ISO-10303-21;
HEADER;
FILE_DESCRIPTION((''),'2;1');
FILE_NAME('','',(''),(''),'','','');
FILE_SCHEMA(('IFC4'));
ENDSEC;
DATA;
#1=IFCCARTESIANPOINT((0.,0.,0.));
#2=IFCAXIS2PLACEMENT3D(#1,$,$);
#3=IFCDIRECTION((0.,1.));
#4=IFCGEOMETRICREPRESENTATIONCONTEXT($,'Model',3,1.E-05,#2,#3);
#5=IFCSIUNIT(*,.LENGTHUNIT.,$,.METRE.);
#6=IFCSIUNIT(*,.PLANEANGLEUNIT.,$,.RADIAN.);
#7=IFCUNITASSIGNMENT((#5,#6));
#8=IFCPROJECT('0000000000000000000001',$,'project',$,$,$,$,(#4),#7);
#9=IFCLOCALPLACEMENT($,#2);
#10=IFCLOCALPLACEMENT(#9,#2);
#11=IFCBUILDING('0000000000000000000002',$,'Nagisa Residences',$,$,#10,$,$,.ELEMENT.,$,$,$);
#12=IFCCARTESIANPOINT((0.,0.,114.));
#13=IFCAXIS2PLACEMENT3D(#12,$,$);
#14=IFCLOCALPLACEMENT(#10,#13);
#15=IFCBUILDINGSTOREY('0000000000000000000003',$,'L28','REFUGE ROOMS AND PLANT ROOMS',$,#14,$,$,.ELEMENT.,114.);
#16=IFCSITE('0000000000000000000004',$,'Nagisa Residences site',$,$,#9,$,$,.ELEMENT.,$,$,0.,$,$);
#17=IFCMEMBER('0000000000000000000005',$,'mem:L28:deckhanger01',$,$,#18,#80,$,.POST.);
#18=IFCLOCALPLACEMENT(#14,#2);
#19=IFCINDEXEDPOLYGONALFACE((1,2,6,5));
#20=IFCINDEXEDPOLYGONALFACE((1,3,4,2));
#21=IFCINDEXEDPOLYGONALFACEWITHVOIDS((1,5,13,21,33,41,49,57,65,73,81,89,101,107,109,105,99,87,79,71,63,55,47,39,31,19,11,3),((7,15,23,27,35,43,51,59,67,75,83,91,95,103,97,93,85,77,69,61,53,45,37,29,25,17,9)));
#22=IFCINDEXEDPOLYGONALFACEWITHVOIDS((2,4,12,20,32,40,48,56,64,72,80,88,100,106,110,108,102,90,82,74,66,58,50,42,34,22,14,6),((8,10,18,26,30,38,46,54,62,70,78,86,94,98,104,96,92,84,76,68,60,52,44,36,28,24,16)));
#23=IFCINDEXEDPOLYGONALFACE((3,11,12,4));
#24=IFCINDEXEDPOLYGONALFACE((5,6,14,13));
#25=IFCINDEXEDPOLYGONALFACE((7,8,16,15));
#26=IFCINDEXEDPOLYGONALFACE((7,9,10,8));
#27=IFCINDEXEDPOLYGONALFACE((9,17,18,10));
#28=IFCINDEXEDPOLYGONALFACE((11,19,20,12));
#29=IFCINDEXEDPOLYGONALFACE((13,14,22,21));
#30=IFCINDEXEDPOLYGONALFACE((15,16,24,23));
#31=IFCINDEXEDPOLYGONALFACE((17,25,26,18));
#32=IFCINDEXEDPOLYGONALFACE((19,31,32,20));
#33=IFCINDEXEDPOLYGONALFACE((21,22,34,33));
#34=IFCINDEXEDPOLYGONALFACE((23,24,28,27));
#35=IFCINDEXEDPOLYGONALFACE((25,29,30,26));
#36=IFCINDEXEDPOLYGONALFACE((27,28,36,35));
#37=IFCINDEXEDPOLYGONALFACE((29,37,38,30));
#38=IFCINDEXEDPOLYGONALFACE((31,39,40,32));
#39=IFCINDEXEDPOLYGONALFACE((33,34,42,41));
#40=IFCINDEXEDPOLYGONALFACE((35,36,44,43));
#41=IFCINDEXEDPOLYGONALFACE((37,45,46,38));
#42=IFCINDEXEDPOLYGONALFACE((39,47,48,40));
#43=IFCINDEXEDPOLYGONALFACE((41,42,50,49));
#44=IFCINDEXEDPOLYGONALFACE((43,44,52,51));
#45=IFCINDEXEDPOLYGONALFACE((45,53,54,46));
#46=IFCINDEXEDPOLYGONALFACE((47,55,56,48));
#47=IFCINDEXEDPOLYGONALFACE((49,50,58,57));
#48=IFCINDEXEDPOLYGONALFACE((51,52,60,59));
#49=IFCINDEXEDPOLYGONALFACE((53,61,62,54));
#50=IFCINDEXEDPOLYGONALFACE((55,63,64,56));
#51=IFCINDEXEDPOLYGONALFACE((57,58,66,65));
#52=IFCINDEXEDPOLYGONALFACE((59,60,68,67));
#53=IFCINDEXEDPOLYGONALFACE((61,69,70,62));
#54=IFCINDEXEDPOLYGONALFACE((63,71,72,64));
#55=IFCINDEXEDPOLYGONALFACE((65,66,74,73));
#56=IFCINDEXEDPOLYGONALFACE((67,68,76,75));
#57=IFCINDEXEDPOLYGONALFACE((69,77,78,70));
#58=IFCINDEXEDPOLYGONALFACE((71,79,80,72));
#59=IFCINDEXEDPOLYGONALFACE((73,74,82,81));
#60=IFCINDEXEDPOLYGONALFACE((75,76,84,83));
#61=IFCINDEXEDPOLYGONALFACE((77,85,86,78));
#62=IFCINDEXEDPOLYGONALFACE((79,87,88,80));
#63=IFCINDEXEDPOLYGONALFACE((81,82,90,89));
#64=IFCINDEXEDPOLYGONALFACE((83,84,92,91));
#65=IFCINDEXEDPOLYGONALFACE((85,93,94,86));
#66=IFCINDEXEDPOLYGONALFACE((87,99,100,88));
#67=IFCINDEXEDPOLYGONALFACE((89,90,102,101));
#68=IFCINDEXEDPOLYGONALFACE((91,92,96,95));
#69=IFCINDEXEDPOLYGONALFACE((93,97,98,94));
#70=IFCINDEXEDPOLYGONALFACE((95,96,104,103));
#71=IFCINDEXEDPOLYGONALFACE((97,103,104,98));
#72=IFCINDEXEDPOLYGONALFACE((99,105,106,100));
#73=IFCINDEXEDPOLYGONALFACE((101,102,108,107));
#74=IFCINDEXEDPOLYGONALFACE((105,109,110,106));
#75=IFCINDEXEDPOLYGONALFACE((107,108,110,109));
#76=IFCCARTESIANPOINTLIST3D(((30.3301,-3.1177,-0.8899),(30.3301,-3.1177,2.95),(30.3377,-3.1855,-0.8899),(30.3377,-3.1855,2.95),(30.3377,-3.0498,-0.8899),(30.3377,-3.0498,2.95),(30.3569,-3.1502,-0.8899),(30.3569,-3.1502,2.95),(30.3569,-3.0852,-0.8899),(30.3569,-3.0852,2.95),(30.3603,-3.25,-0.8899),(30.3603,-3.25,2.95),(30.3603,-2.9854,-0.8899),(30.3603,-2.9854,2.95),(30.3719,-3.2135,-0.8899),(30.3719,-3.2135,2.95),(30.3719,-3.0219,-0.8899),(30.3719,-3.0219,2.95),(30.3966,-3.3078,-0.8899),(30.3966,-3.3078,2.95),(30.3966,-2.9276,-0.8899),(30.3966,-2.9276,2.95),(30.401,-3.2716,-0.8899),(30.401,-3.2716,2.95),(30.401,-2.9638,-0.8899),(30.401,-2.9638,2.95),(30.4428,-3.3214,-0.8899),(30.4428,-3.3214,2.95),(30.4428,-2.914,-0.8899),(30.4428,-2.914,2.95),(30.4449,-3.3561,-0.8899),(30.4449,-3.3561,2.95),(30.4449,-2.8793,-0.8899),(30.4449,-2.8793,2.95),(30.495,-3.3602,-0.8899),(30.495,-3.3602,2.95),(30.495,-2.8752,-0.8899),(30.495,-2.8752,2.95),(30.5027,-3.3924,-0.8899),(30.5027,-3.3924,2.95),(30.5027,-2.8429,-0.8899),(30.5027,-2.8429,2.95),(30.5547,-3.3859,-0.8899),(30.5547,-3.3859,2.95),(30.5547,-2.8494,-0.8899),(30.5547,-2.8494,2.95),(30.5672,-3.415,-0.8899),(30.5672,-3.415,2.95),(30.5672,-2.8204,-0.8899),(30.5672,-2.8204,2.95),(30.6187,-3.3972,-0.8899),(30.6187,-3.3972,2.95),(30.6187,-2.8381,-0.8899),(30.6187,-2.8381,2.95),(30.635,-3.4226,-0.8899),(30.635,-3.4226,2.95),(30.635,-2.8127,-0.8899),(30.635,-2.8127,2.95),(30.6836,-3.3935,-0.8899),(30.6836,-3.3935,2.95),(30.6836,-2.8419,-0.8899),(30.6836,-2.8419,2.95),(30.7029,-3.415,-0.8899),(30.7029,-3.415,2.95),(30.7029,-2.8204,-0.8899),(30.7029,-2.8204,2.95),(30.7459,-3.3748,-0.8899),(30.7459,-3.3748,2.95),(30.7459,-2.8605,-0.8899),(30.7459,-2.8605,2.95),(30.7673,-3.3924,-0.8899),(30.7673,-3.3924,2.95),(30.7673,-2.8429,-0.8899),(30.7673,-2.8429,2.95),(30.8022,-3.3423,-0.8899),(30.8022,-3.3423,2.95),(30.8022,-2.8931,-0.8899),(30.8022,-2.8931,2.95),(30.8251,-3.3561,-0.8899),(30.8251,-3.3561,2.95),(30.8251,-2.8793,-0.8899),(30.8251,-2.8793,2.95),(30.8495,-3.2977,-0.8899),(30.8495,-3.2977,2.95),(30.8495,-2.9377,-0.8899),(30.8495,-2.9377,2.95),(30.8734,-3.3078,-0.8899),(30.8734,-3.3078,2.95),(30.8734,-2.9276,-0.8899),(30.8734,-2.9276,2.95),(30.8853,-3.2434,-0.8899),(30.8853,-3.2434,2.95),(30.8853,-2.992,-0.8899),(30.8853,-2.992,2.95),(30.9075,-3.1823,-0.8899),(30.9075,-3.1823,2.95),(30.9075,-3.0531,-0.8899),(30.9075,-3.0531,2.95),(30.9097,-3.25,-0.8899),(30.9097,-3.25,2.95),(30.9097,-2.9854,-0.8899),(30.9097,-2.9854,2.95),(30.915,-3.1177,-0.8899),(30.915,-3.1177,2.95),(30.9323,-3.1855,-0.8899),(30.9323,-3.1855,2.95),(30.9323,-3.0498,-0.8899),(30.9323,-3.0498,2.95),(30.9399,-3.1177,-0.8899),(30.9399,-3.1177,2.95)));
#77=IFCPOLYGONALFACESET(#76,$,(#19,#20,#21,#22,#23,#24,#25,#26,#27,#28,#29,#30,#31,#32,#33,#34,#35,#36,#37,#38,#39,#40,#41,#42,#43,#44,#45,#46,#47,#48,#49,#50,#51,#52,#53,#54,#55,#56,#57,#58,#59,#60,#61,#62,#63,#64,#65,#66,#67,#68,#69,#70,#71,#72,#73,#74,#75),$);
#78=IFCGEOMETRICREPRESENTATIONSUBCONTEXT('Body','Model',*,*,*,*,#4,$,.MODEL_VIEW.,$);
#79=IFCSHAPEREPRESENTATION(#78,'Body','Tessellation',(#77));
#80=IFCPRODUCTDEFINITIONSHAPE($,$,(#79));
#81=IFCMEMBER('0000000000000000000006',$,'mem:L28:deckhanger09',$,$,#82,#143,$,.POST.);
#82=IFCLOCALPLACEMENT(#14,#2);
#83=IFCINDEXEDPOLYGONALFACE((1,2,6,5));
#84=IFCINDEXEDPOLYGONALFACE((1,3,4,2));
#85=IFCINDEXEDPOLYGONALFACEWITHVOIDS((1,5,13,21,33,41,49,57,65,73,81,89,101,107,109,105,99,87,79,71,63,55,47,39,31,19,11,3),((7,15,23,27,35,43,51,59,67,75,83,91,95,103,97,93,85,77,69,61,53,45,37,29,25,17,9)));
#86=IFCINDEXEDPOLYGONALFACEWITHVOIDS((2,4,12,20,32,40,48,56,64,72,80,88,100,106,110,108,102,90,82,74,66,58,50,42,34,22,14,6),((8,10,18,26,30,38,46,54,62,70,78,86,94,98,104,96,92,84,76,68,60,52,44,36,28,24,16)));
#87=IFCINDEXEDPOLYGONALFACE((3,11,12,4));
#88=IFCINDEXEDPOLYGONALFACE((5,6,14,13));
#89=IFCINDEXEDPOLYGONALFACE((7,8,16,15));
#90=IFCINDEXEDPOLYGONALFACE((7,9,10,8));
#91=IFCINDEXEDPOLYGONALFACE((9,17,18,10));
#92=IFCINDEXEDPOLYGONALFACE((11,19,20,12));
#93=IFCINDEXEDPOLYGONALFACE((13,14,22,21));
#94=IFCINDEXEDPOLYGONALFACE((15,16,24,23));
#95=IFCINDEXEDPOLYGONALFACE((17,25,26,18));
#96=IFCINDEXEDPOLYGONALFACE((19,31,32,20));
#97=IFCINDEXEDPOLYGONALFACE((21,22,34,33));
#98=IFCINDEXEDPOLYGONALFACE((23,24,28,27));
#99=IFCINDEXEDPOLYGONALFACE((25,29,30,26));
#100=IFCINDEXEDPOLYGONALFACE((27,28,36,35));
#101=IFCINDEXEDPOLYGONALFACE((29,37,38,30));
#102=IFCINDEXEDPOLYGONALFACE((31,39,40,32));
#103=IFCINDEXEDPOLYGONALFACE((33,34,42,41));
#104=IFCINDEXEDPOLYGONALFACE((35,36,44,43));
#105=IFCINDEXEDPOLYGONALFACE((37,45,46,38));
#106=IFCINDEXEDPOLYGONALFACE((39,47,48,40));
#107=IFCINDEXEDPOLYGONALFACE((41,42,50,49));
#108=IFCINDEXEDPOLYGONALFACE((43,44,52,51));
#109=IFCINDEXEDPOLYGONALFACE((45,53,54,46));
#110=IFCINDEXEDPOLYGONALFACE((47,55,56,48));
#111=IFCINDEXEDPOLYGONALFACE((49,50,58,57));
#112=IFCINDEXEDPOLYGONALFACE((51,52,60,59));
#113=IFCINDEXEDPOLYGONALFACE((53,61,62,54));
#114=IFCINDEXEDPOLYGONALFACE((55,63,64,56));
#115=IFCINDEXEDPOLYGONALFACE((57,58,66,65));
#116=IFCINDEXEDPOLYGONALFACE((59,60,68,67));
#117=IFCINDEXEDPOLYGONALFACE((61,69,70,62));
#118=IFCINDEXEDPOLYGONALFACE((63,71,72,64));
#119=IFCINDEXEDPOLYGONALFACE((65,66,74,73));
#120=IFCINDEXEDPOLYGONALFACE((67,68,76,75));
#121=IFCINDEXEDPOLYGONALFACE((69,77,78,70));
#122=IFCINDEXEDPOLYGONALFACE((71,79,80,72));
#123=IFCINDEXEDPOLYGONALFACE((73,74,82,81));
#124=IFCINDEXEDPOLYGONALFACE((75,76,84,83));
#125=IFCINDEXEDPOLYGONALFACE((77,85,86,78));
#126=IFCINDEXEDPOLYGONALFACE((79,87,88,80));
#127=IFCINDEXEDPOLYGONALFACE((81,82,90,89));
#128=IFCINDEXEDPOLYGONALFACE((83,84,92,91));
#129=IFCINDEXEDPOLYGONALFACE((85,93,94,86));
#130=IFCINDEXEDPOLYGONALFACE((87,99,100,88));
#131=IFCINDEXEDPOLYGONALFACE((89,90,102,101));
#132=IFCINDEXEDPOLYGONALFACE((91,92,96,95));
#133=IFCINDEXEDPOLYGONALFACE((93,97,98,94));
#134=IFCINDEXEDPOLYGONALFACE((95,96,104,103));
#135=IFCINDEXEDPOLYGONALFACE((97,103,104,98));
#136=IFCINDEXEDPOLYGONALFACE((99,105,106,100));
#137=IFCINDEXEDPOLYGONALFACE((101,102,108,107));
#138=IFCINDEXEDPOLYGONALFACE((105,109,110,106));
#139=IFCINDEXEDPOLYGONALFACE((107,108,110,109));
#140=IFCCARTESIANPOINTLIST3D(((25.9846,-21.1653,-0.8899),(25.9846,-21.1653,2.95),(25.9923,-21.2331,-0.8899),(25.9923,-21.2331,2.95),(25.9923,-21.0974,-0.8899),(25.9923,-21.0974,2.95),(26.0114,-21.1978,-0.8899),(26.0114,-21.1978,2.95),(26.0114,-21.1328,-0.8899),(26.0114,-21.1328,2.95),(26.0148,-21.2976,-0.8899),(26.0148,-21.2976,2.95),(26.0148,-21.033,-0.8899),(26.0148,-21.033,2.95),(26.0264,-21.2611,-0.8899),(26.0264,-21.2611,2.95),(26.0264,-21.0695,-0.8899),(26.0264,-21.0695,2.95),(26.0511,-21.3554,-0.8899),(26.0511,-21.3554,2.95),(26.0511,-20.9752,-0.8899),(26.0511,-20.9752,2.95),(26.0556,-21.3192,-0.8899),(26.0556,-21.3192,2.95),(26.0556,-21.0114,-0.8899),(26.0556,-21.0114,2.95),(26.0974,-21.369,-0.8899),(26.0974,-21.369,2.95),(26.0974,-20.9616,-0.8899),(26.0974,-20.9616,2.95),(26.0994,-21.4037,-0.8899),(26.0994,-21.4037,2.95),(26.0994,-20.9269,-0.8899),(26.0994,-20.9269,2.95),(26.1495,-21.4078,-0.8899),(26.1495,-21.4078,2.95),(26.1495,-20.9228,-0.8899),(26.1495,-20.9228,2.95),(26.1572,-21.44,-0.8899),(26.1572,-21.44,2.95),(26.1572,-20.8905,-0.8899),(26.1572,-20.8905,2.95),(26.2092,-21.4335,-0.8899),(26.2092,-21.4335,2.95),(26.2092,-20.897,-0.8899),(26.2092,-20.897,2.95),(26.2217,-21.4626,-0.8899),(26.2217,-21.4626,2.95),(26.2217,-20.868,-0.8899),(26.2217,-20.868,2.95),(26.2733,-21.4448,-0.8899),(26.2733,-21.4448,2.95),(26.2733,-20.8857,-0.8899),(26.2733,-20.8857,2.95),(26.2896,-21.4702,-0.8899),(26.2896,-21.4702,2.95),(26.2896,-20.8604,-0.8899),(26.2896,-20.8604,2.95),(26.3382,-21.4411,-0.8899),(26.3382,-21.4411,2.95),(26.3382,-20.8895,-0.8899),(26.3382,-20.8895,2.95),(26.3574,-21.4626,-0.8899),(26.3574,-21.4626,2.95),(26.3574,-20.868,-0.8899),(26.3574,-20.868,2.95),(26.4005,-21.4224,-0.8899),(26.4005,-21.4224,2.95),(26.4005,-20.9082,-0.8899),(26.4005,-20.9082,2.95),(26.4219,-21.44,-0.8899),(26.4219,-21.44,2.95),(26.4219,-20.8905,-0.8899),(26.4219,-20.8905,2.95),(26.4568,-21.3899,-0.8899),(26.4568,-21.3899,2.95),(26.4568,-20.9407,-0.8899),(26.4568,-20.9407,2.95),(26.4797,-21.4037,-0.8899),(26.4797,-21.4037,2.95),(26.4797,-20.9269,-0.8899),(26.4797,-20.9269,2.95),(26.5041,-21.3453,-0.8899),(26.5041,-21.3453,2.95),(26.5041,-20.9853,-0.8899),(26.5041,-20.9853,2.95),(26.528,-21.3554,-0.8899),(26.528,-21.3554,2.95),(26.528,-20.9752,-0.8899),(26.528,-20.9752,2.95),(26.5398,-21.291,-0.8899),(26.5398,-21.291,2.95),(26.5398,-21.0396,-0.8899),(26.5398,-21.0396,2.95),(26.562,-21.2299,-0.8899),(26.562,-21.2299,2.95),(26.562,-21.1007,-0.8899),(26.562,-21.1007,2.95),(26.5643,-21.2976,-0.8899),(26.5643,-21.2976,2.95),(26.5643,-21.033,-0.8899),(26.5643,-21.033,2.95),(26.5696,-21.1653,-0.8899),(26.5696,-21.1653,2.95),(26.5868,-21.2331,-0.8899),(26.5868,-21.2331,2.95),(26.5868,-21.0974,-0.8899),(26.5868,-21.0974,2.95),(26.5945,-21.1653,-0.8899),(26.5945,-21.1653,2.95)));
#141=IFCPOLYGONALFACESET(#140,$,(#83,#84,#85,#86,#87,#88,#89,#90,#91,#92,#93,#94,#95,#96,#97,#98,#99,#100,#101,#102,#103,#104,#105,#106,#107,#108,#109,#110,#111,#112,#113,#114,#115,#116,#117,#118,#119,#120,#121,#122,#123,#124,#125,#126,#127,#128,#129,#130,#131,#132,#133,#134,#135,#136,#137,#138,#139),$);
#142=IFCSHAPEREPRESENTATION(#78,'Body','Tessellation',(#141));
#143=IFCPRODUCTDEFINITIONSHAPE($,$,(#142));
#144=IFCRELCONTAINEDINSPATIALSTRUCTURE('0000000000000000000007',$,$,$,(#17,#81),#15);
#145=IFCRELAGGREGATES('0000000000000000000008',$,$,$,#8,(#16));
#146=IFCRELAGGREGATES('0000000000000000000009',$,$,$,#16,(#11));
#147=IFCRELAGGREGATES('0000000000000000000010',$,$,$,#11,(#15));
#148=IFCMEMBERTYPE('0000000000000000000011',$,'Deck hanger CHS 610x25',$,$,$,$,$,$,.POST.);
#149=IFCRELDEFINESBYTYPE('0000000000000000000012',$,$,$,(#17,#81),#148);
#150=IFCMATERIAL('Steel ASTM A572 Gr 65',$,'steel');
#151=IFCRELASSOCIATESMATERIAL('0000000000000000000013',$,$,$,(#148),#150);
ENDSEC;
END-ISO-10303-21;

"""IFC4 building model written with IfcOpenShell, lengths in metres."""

from ifc_helpers import new_model, si_unit, direction, frame, origin, origin_2d, place, context, subcontext, project, spatial, hollow_circle, extrude, material, material_profile, profile_set, type_object, element, save


model = new_model("IFC4")

# Units and contexts
model_context = context("Model", 3, precision=1e-05, world=origin(), true_north=direction((0.0, 1.0)))
body_context = subcontext(model_context, "Body", "Model", "MODEL_VIEW")
ifc_project = project(units=[si_unit("LENGTHUNIT", "METRE"), si_unit("PLANEANGLEUNIT", "RADIAN")], contexts=[model_context])

# Site, building, storey
site_placement = place(None, origin())
site = spatial("IfcSite", under=ifc_project, at=site_placement, Name="Nagisa Residences site", CompositionType="ELEMENT", RefElevation=0.0)
building_placement = place(site_placement, origin())
building = spatial("IfcBuilding", under=site, at=building_placement, Name="Nagisa Residences", CompositionType="ELEMENT")
storey_placement = place(building_placement, frame((0.0, 0.0, 114.0)))
storey = spatial("IfcBuildingStorey", under=building, at=storey_placement, Name="L28", Description="REFUGE ROOMS AND PLANT ROOMS", CompositionType="ELEMENT", Elevation=114.0)

# Members
ifc_material_1 = material(Name="Steel ASTM A572 Gr 65", Category="steel")
ifc_material_profile_1 = material_profile(ifc_material_1, hollow_circle(Radius=0.3049, WallThickness=0.0249, at=origin_2d()), Name="CHS 610x25")
ifc_profile_set_1 = profile_set([ifc_material_profile_1], Name="Steel ASTM A572 Gr 65")
member_type_1 = type_object("IfcMemberType", Name="Deck hanger CHS 610x25", PredefinedType="POST", material=ifc_profile_set_1)
for number, where, z_axis, x_axis, name in (
    (1, (30.635, -3.1177, 2.95), (0.0, 0.0, -1.0), (1.0, 0.0, 0.0), "mem:L28:deckhanger01"),
    (2, (26.2896, -21.1653, 2.95), (0.0, 0.0, -1.0), (1.0, 0.0, 0.0), "mem:L28:deckhanger09"),
):
    element("IfcMember", number, at=place(storey_placement, frame(where, z_axis=z_axis, x_axis=x_axis)), inside=storey, type_object=member_type_1, Name=name, PredefinedType="POST", context=body_context, shape_type="SweptSolid", body=[
        extrude(hollow_circle(Radius=0.3049, WallThickness=0.0249, at=origin_2d()), origin(), (0.0, 0.0, 1.0), 3.8398),
    ])

save(model, "model.ifc")
